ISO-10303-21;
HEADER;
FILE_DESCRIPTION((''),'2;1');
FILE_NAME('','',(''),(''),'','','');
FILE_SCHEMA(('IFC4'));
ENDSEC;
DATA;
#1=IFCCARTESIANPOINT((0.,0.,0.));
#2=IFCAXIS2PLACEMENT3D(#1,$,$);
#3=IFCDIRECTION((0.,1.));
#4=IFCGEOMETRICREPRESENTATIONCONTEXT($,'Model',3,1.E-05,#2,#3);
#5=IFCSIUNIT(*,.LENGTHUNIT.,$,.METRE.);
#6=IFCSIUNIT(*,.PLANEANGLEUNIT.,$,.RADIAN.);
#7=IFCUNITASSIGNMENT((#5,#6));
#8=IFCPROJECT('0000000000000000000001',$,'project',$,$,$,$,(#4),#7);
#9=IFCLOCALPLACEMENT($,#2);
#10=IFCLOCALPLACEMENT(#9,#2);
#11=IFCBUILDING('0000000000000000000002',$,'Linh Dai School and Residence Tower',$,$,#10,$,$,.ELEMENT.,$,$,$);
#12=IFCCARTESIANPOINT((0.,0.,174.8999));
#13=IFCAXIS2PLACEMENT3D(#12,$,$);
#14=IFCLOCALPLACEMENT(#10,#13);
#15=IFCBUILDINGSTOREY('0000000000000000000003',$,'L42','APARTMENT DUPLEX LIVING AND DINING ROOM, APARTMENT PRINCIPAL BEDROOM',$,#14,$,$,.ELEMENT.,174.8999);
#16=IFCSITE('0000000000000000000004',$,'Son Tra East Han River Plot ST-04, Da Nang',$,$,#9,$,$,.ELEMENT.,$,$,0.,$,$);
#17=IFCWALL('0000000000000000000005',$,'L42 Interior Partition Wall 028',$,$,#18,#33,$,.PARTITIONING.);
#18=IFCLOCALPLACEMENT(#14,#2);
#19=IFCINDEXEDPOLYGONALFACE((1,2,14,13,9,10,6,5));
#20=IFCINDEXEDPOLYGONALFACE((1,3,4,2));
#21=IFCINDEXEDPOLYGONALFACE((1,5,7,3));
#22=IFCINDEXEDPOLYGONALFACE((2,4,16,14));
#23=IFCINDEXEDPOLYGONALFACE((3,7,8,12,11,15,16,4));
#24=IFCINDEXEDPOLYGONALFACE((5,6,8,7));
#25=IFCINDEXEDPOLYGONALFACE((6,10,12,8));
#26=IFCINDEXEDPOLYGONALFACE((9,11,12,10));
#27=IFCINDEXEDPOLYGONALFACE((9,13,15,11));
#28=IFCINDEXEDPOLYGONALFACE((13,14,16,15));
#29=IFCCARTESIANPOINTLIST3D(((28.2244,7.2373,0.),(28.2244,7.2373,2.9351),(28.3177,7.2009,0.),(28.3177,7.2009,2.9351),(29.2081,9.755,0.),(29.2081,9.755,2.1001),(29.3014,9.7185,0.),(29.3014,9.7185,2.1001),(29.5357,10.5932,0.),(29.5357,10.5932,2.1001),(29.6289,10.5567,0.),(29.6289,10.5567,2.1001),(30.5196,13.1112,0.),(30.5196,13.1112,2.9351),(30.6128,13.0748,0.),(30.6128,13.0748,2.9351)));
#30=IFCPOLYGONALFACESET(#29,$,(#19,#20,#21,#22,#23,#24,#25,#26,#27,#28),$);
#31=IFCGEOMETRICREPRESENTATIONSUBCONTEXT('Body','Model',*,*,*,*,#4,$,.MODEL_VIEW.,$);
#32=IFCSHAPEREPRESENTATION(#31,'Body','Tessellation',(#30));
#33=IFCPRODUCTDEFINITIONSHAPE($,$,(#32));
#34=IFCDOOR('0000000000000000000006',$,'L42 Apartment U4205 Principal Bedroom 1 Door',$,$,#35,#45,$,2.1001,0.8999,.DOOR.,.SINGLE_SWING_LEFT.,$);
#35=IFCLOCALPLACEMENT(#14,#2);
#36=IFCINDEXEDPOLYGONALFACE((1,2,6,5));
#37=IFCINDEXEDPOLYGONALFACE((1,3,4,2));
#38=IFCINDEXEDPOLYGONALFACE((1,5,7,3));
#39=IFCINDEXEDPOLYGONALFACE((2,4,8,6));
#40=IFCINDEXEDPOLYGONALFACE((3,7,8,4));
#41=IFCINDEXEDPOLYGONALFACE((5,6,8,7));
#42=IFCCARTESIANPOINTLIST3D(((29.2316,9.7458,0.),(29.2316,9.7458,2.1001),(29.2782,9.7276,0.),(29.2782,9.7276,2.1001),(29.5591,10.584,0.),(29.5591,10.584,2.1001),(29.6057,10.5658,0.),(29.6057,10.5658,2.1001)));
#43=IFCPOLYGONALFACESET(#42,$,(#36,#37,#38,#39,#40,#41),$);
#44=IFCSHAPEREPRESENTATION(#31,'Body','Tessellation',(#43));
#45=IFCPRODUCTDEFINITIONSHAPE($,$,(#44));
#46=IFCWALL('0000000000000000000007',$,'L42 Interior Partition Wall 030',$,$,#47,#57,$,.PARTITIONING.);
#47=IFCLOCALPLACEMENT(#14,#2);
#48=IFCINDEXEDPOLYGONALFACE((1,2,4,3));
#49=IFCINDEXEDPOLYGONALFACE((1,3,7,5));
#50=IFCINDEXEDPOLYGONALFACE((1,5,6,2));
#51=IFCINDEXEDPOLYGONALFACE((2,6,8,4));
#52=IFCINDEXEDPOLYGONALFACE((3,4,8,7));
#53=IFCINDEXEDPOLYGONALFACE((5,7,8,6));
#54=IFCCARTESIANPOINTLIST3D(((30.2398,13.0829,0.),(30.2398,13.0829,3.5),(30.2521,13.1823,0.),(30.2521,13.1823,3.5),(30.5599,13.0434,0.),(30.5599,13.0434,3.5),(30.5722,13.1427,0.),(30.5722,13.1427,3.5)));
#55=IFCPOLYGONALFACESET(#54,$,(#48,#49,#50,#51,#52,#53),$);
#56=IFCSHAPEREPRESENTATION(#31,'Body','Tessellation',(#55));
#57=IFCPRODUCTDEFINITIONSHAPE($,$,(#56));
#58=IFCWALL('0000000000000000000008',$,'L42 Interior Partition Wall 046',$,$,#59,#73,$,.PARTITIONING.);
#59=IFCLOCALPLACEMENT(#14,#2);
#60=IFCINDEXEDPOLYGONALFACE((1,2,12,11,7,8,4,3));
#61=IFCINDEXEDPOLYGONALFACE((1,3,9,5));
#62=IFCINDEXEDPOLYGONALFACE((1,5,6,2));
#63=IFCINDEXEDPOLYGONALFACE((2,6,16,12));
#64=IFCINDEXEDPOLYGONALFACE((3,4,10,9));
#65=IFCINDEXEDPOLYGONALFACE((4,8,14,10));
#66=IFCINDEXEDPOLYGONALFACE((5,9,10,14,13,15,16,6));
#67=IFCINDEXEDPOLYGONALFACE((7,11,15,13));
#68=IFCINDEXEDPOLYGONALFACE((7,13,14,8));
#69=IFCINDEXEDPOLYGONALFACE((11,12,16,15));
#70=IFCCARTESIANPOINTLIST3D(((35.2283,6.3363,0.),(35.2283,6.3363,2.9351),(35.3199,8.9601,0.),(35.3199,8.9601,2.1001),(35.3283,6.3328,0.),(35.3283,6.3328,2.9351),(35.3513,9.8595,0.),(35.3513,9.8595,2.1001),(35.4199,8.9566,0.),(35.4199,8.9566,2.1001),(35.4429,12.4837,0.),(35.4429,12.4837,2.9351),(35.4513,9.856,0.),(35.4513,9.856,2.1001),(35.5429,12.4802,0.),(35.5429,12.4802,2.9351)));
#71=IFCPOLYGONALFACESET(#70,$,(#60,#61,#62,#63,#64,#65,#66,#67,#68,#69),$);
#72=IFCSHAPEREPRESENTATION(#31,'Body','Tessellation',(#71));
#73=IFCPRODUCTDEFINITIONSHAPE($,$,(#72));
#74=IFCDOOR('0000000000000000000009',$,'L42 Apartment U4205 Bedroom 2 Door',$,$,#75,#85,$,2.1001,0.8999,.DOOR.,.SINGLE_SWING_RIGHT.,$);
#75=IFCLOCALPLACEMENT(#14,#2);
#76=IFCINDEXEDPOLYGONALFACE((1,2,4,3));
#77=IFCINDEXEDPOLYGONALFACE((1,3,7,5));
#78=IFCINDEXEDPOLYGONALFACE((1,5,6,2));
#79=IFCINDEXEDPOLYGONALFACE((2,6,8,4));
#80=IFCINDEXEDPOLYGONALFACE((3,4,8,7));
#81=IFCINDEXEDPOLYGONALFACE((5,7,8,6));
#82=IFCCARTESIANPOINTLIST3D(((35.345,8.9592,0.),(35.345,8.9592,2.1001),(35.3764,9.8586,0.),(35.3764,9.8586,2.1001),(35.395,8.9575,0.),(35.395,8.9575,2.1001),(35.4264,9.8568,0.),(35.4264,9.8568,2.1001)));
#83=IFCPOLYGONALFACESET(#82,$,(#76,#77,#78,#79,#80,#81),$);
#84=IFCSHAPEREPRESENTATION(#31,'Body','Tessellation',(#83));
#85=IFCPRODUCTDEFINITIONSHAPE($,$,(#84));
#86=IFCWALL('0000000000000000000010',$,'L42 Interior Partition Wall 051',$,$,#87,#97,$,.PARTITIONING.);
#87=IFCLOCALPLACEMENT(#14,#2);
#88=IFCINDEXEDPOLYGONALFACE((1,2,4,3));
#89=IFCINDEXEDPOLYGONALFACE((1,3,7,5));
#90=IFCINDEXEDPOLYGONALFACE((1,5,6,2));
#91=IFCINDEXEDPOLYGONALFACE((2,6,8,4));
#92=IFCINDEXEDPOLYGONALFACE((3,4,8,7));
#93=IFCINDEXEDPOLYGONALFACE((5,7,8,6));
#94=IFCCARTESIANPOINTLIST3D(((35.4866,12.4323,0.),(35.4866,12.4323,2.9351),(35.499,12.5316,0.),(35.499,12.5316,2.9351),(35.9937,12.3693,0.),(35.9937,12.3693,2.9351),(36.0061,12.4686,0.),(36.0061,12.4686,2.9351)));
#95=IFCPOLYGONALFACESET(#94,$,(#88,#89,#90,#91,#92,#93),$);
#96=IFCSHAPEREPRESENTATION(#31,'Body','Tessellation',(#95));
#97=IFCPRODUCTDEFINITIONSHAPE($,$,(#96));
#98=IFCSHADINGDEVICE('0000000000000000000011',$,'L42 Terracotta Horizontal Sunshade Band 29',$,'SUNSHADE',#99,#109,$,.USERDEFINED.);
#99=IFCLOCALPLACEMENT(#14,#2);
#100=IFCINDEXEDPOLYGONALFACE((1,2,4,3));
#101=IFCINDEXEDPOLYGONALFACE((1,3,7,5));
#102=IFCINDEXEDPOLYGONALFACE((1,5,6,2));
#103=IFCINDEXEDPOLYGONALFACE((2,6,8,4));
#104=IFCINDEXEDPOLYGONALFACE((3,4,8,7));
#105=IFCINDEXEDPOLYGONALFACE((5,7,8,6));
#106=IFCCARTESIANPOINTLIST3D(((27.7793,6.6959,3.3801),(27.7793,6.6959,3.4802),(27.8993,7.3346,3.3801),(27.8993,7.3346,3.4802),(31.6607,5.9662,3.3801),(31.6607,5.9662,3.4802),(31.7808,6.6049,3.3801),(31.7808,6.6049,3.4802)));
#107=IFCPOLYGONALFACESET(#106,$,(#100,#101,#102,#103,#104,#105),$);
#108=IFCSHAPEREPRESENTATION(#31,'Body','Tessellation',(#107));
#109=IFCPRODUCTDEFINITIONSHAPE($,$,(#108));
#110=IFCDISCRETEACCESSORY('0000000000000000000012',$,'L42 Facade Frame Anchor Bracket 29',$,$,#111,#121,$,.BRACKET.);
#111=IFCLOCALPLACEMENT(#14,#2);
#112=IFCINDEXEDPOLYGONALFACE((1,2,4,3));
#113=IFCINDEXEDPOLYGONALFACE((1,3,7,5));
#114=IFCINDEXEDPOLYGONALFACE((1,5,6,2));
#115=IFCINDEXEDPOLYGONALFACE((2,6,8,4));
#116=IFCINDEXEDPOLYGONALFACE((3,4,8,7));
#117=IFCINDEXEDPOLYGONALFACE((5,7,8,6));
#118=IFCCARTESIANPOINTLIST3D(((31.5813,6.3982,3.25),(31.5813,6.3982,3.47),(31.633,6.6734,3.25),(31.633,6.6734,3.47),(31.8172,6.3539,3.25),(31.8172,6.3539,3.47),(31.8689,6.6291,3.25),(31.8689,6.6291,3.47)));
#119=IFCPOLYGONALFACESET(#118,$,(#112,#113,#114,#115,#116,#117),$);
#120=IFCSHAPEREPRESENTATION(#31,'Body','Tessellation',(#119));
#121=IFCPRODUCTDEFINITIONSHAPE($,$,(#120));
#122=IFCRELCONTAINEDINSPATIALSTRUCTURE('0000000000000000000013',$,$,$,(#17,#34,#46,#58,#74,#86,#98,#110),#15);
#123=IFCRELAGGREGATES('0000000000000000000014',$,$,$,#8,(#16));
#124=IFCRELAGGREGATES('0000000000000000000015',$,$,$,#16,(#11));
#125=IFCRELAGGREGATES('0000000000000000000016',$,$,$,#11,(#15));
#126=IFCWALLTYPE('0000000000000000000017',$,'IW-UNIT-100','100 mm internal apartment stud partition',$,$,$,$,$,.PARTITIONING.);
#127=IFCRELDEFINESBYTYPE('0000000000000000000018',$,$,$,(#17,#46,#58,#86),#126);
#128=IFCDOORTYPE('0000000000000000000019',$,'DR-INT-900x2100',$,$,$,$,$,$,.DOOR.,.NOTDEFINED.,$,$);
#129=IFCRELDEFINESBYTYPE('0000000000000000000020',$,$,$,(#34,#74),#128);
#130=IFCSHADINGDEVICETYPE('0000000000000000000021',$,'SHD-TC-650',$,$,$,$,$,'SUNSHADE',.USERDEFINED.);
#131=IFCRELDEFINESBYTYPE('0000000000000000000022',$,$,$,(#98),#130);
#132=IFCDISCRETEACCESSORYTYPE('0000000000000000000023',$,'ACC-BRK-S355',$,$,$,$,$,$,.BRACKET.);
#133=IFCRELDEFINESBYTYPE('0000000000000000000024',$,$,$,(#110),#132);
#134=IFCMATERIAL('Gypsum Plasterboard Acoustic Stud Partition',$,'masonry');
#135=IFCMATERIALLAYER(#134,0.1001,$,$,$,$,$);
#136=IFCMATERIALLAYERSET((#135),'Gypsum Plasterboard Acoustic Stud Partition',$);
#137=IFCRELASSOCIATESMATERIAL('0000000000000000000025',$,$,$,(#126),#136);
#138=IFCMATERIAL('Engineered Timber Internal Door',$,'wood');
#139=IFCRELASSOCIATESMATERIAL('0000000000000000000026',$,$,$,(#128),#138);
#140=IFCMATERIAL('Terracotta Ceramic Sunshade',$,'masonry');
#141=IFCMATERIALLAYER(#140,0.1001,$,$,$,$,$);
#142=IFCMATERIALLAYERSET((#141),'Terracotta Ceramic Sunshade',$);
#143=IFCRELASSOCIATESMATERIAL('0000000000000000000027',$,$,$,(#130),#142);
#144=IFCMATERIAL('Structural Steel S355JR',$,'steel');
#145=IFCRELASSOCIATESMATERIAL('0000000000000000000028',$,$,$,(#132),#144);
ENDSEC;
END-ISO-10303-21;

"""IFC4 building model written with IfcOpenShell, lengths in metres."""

from ifc_helpers import new_model, si_unit, direction, frame, frame_2d, origin, origin_2d, place, context, subcontext, project, spatial, rectangle, extrude, source, transform, mapped, material, layer, layer_set, type_object, element, fill, save


model = new_model("IFC4")

# Units and contexts
model_context = context("Model", 3, precision=1e-05, world=origin(), true_north=direction((0.0, 1.0)))
body_context = subcontext(model_context, "Body", "Model", "MODEL_VIEW")
ifc_project = project(units=[si_unit("LENGTHUNIT", "METRE"), si_unit("PLANEANGLEUNIT", "RADIAN")], contexts=[model_context])

# Site, building, storey
site_placement = place(None, origin())
site = spatial("IfcSite", under=ifc_project, at=site_placement, Name="Son Tra East Han River Plot ST-04, Da Nang", CompositionType="ELEMENT", RefElevation=0.0)
building_placement = place(site_placement, origin())
building = spatial("IfcBuilding", under=site, at=building_placement, Name="Linh Dai School and Residence Tower", CompositionType="ELEMENT")
storey_placement = place(building_placement, frame((0.0, 0.0, 174.8999)))
storey = spatial("IfcBuildingStorey", under=building, at=storey_placement, Name="L42", Description="APARTMENT DUPLEX LIVING AND DINING ROOM, APARTMENT PRINCIPAL BEDROOM", CompositionType="ELEMENT", Elevation=174.8999)

# Shared definitions
ifc_material_1 = material(Name="Structural Steel S355JR", Category="steel")

# Shared definitions
ifc_material_2 = material(Name="Gypsum Plasterboard Acoustic Stud Partition", Category="masonry")
ifc_layer_1 = layer(ifc_material_2, 0.1001)
ifc_layer_set_1 = layer_set([ifc_layer_1], Name="Gypsum Plasterboard Acoustic Stud Partition")
wall_type_1 = type_object("IfcWallType", Name="IW-UNIT-100", Description="100 mm internal apartment stud partition", PredefinedType="PARTITIONING", material=ifc_layer_set_1)

# Wall, opening, door
wall_1_placement = place(storey_placement, frame((28.271, 7.219, 0.0), z_axis=(0.0, 0.0, 1.0), x_axis=(0.363937, 0.931424, 0.0)))
wall_1 = element("IfcWall", 1, at=wall_1_placement, inside=storey, type_object=wall_type_1, Name="L42 Interior Partition Wall 028", PredefinedType="PARTITIONING", context=body_context, shape_type="SweptSolid", body=[
    extrude(rectangle(XDim=6.3064, YDim=0.1001, at=frame_2d((3.1533, 0.0))), origin(), (0.0, 0.0, 1.0), 2.9351),
])
opening_1_placement = place(wall_1_placement, frame((2.7031, 0.0, 0.0)))
opening_1 = element("IfcOpeningElement", 2, at=opening_1_placement, cuts=wall_1, PredefinedType="OPENING", context=body_context, shape_type="SweptSolid", body=[
    extrude(rectangle(XDim=0.8999, YDim=2.1001, at=origin_2d()), frame((0.45, 0.0601, 1.05), z_axis=(0.0, -1.0, 0.0), x_axis=(1.0, 0.0, 0.0)), (0.0, 0.0, 1.0), 0.1201),
])
ifc_material_3 = material(Name="Engineered Timber Internal Door", Category="wood")
door_type_1 = type_object("IfcDoorType", Name="DR-INT-900x2100", OperationType="NOTDEFINED", PredefinedType="DOOR", material=ifc_material_3)
shared_shape_1 = source(origin(), body_context, "Body", "SweptSolid", [
    extrude(rectangle(XDim=0.8999, YDim=2.1001, at=origin_2d()), frame((0.45, 0.0249, 1.05), z_axis=(0.0, -1.0, 0.0), x_axis=(1.0, 0.0, 0.0)), (0.0, 0.0, 1.0), 0.05),
])
door_1_placement = place(opening_1_placement, origin())
door_1 = element("IfcDoor", 3, at=door_1_placement, inside=storey, type_object=door_type_1, Name="L42 Apartment U4205 Principal Bedroom 1 Door", OperationType="SINGLE_SWING_LEFT", OverallHeight=2.1001, OverallWidth=0.8999, PredefinedType="DOOR", context=body_context, shape_type="MappedRepresentation", body=[
    mapped(shared_shape_1, transform((0.0, 0.0, 0.0), x_axis=(1.0, 0.0, 0.0), y_axis=(0.0, 1.0, 0.0), z_axis=(0.0, 0.0, 1.0), scale=1.0)),
])
fill(opening_1, door_1)

# Wall
wall_2_placement = place(storey_placement, frame((30.2461, 13.1326, 0.0), z_axis=(0.0, 0.0, 1.0), x_axis=(0.992452, -0.122637, 0.0)))
element("IfcWall", 4, at=wall_2_placement, inside=storey, type_object=wall_type_1, Name="L42 Interior Partition Wall 030", PredefinedType="PARTITIONING", context=body_context, shape_type="SweptSolid", body=[
    extrude(rectangle(XDim=0.3225, YDim=0.1001, at=frame_2d((0.1611, 0.0))), origin(), (0.0, 0.0, 1.0), 3.5),
])

# Wall, opening, door
wall_3_placement = place(storey_placement, frame((35.2783, 6.3345, 0.0), z_axis=(0.0, 0.0, 1.0), x_axis=(0.034887, 0.999391, 0.0)))
wall_3 = element("IfcWall", 5, at=wall_3_placement, inside=storey, type_object=wall_type_1, Name="L42 Interior Partition Wall 046", PredefinedType="PARTITIONING", context=body_context, shape_type="SweptSolid", body=[
    extrude(rectangle(XDim=6.1511, YDim=0.1001, at=frame_2d((3.0757, 0.0))), origin(), (0.0, 0.0, 1.0), 2.9351),
])
opening_2_placement = place(wall_3_placement, frame((2.6255, 0.0, 0.0)))
opening_2 = element("IfcOpeningElement", 6, at=opening_2_placement, cuts=wall_3, PredefinedType="OPENING", context=body_context, shape_type="SweptSolid", body=[
    extrude(rectangle(XDim=0.8999, YDim=2.1001, at=origin_2d()), frame((0.45, 0.0601, 1.05), z_axis=(0.0, -1.0, 0.0), x_axis=(1.0, 0.0, 0.0)), (0.0, 0.0, 1.0), 0.1201),
])
door_2_placement = place(opening_2_placement, origin())
door_2 = element("IfcDoor", 7, at=door_2_placement, inside=storey, type_object=door_type_1, Name="L42 Apartment U4205 Bedroom 2 Door", OperationType="SINGLE_SWING_RIGHT", OverallHeight=2.1001, OverallWidth=0.8999, PredefinedType="DOOR", context=body_context, shape_type="MappedRepresentation", body=[
    mapped(shared_shape_1, transform((0.0, 0.0, 0.0), x_axis=(1.0, 0.0, 0.0), y_axis=(0.0, 1.0, 0.0), z_axis=(0.0, 0.0, 1.0), scale=1.0)),
])
fill(opening_2, door_2)

# Wall
wall_4_placement = place(storey_placement, frame((35.4929, 12.4819, 0.0), z_axis=(0.0, 0.0, 1.0), x_axis=(0.992373, -0.12327, 0.0)))
element("IfcWall", 8, at=wall_4_placement, inside=storey, type_object=wall_type_1, Name="L42 Interior Partition Wall 051", PredefinedType="PARTITIONING", context=body_context, shape_type="SweptSolid", body=[
    extrude(rectangle(XDim=0.511, YDim=0.1001, at=frame_2d((0.2554, 0.0))), origin(), (0.0, 0.0, 1.0), 2.9351),
])

# Shading device
ifc_material_4 = material(Name="Terracotta Ceramic Sunshade", Category="masonry")
ifc_layer_2 = layer(ifc_material_4, 0.1001)
ifc_layer_set_2 = layer_set([ifc_layer_2], Name="Terracotta Ceramic Sunshade")
shading_device_type = type_object("IfcShadingDeviceType", Name="SHD-TC-650", ElementType="SUNSHADE", PredefinedType="USERDEFINED", material=ifc_layer_set_2)
shared_shape_2 = source(origin(), body_context, "Body", "SweptSolid", [
    extrude(rectangle(XDim=3.9495, YDim=0.6499, at=origin_2d()), origin(), (0.0, 0.0, 1.0), 0.1001),
])
shading_device_placement = place(storey_placement, frame((29.78, 6.6504, 3.3801), z_axis=(0.0, 0.0, 1.0), x_axis=(-0.982783, 0.184763, 0.0)))
element("IfcShadingDevice", 9, at=shading_device_placement, inside=storey, type_object=shading_device_type, Name="L42 Terracotta Horizontal Sunshade Band 29", ObjectType="SUNSHADE", PredefinedType="USERDEFINED", context=body_context, shape_type="MappedRepresentation", body=[
    mapped(shared_shape_2, transform((0.0, 0.0, 0.0), x_axis=(1.0, 0.0, 0.0), y_axis=(0.0, 1.0, 0.0), z_axis=(0.0, 0.0, 1.0), scale=1.0)),
])

# Discrete accessory
discrete_accessory_type = type_object("IfcDiscreteAccessoryType", Name="ACC-BRK-S355", PredefinedType="BRACKET", material=ifc_material_1)
shared_shape_3 = source(origin(), body_context, "Body", "SweptSolid", [
    extrude(rectangle(XDim=0.28, YDim=0.24, at=origin_2d()), origin(), (0.0, 0.0, 1.0), 0.22),
])
discrete_accessory_placement = place(storey_placement, frame((31.7251, 6.5137, 3.25), z_axis=(0.0, 0.0, 1.0), x_axis=(-0.184763, -0.982783, 0.0)))
element("IfcDiscreteAccessory", 10, at=discrete_accessory_placement, inside=storey, type_object=discrete_accessory_type, Name="L42 Facade Frame Anchor Bracket 29", PredefinedType="BRACKET", context=body_context, shape_type="MappedRepresentation", body=[
    mapped(shared_shape_3, transform((0.0, 0.0, 0.0), x_axis=(1.0, 0.0, 0.0), y_axis=(0.0, 1.0, 0.0), z_axis=(0.0, 0.0, 1.0), scale=1.0)),
])

save(model, "model.ifc")
